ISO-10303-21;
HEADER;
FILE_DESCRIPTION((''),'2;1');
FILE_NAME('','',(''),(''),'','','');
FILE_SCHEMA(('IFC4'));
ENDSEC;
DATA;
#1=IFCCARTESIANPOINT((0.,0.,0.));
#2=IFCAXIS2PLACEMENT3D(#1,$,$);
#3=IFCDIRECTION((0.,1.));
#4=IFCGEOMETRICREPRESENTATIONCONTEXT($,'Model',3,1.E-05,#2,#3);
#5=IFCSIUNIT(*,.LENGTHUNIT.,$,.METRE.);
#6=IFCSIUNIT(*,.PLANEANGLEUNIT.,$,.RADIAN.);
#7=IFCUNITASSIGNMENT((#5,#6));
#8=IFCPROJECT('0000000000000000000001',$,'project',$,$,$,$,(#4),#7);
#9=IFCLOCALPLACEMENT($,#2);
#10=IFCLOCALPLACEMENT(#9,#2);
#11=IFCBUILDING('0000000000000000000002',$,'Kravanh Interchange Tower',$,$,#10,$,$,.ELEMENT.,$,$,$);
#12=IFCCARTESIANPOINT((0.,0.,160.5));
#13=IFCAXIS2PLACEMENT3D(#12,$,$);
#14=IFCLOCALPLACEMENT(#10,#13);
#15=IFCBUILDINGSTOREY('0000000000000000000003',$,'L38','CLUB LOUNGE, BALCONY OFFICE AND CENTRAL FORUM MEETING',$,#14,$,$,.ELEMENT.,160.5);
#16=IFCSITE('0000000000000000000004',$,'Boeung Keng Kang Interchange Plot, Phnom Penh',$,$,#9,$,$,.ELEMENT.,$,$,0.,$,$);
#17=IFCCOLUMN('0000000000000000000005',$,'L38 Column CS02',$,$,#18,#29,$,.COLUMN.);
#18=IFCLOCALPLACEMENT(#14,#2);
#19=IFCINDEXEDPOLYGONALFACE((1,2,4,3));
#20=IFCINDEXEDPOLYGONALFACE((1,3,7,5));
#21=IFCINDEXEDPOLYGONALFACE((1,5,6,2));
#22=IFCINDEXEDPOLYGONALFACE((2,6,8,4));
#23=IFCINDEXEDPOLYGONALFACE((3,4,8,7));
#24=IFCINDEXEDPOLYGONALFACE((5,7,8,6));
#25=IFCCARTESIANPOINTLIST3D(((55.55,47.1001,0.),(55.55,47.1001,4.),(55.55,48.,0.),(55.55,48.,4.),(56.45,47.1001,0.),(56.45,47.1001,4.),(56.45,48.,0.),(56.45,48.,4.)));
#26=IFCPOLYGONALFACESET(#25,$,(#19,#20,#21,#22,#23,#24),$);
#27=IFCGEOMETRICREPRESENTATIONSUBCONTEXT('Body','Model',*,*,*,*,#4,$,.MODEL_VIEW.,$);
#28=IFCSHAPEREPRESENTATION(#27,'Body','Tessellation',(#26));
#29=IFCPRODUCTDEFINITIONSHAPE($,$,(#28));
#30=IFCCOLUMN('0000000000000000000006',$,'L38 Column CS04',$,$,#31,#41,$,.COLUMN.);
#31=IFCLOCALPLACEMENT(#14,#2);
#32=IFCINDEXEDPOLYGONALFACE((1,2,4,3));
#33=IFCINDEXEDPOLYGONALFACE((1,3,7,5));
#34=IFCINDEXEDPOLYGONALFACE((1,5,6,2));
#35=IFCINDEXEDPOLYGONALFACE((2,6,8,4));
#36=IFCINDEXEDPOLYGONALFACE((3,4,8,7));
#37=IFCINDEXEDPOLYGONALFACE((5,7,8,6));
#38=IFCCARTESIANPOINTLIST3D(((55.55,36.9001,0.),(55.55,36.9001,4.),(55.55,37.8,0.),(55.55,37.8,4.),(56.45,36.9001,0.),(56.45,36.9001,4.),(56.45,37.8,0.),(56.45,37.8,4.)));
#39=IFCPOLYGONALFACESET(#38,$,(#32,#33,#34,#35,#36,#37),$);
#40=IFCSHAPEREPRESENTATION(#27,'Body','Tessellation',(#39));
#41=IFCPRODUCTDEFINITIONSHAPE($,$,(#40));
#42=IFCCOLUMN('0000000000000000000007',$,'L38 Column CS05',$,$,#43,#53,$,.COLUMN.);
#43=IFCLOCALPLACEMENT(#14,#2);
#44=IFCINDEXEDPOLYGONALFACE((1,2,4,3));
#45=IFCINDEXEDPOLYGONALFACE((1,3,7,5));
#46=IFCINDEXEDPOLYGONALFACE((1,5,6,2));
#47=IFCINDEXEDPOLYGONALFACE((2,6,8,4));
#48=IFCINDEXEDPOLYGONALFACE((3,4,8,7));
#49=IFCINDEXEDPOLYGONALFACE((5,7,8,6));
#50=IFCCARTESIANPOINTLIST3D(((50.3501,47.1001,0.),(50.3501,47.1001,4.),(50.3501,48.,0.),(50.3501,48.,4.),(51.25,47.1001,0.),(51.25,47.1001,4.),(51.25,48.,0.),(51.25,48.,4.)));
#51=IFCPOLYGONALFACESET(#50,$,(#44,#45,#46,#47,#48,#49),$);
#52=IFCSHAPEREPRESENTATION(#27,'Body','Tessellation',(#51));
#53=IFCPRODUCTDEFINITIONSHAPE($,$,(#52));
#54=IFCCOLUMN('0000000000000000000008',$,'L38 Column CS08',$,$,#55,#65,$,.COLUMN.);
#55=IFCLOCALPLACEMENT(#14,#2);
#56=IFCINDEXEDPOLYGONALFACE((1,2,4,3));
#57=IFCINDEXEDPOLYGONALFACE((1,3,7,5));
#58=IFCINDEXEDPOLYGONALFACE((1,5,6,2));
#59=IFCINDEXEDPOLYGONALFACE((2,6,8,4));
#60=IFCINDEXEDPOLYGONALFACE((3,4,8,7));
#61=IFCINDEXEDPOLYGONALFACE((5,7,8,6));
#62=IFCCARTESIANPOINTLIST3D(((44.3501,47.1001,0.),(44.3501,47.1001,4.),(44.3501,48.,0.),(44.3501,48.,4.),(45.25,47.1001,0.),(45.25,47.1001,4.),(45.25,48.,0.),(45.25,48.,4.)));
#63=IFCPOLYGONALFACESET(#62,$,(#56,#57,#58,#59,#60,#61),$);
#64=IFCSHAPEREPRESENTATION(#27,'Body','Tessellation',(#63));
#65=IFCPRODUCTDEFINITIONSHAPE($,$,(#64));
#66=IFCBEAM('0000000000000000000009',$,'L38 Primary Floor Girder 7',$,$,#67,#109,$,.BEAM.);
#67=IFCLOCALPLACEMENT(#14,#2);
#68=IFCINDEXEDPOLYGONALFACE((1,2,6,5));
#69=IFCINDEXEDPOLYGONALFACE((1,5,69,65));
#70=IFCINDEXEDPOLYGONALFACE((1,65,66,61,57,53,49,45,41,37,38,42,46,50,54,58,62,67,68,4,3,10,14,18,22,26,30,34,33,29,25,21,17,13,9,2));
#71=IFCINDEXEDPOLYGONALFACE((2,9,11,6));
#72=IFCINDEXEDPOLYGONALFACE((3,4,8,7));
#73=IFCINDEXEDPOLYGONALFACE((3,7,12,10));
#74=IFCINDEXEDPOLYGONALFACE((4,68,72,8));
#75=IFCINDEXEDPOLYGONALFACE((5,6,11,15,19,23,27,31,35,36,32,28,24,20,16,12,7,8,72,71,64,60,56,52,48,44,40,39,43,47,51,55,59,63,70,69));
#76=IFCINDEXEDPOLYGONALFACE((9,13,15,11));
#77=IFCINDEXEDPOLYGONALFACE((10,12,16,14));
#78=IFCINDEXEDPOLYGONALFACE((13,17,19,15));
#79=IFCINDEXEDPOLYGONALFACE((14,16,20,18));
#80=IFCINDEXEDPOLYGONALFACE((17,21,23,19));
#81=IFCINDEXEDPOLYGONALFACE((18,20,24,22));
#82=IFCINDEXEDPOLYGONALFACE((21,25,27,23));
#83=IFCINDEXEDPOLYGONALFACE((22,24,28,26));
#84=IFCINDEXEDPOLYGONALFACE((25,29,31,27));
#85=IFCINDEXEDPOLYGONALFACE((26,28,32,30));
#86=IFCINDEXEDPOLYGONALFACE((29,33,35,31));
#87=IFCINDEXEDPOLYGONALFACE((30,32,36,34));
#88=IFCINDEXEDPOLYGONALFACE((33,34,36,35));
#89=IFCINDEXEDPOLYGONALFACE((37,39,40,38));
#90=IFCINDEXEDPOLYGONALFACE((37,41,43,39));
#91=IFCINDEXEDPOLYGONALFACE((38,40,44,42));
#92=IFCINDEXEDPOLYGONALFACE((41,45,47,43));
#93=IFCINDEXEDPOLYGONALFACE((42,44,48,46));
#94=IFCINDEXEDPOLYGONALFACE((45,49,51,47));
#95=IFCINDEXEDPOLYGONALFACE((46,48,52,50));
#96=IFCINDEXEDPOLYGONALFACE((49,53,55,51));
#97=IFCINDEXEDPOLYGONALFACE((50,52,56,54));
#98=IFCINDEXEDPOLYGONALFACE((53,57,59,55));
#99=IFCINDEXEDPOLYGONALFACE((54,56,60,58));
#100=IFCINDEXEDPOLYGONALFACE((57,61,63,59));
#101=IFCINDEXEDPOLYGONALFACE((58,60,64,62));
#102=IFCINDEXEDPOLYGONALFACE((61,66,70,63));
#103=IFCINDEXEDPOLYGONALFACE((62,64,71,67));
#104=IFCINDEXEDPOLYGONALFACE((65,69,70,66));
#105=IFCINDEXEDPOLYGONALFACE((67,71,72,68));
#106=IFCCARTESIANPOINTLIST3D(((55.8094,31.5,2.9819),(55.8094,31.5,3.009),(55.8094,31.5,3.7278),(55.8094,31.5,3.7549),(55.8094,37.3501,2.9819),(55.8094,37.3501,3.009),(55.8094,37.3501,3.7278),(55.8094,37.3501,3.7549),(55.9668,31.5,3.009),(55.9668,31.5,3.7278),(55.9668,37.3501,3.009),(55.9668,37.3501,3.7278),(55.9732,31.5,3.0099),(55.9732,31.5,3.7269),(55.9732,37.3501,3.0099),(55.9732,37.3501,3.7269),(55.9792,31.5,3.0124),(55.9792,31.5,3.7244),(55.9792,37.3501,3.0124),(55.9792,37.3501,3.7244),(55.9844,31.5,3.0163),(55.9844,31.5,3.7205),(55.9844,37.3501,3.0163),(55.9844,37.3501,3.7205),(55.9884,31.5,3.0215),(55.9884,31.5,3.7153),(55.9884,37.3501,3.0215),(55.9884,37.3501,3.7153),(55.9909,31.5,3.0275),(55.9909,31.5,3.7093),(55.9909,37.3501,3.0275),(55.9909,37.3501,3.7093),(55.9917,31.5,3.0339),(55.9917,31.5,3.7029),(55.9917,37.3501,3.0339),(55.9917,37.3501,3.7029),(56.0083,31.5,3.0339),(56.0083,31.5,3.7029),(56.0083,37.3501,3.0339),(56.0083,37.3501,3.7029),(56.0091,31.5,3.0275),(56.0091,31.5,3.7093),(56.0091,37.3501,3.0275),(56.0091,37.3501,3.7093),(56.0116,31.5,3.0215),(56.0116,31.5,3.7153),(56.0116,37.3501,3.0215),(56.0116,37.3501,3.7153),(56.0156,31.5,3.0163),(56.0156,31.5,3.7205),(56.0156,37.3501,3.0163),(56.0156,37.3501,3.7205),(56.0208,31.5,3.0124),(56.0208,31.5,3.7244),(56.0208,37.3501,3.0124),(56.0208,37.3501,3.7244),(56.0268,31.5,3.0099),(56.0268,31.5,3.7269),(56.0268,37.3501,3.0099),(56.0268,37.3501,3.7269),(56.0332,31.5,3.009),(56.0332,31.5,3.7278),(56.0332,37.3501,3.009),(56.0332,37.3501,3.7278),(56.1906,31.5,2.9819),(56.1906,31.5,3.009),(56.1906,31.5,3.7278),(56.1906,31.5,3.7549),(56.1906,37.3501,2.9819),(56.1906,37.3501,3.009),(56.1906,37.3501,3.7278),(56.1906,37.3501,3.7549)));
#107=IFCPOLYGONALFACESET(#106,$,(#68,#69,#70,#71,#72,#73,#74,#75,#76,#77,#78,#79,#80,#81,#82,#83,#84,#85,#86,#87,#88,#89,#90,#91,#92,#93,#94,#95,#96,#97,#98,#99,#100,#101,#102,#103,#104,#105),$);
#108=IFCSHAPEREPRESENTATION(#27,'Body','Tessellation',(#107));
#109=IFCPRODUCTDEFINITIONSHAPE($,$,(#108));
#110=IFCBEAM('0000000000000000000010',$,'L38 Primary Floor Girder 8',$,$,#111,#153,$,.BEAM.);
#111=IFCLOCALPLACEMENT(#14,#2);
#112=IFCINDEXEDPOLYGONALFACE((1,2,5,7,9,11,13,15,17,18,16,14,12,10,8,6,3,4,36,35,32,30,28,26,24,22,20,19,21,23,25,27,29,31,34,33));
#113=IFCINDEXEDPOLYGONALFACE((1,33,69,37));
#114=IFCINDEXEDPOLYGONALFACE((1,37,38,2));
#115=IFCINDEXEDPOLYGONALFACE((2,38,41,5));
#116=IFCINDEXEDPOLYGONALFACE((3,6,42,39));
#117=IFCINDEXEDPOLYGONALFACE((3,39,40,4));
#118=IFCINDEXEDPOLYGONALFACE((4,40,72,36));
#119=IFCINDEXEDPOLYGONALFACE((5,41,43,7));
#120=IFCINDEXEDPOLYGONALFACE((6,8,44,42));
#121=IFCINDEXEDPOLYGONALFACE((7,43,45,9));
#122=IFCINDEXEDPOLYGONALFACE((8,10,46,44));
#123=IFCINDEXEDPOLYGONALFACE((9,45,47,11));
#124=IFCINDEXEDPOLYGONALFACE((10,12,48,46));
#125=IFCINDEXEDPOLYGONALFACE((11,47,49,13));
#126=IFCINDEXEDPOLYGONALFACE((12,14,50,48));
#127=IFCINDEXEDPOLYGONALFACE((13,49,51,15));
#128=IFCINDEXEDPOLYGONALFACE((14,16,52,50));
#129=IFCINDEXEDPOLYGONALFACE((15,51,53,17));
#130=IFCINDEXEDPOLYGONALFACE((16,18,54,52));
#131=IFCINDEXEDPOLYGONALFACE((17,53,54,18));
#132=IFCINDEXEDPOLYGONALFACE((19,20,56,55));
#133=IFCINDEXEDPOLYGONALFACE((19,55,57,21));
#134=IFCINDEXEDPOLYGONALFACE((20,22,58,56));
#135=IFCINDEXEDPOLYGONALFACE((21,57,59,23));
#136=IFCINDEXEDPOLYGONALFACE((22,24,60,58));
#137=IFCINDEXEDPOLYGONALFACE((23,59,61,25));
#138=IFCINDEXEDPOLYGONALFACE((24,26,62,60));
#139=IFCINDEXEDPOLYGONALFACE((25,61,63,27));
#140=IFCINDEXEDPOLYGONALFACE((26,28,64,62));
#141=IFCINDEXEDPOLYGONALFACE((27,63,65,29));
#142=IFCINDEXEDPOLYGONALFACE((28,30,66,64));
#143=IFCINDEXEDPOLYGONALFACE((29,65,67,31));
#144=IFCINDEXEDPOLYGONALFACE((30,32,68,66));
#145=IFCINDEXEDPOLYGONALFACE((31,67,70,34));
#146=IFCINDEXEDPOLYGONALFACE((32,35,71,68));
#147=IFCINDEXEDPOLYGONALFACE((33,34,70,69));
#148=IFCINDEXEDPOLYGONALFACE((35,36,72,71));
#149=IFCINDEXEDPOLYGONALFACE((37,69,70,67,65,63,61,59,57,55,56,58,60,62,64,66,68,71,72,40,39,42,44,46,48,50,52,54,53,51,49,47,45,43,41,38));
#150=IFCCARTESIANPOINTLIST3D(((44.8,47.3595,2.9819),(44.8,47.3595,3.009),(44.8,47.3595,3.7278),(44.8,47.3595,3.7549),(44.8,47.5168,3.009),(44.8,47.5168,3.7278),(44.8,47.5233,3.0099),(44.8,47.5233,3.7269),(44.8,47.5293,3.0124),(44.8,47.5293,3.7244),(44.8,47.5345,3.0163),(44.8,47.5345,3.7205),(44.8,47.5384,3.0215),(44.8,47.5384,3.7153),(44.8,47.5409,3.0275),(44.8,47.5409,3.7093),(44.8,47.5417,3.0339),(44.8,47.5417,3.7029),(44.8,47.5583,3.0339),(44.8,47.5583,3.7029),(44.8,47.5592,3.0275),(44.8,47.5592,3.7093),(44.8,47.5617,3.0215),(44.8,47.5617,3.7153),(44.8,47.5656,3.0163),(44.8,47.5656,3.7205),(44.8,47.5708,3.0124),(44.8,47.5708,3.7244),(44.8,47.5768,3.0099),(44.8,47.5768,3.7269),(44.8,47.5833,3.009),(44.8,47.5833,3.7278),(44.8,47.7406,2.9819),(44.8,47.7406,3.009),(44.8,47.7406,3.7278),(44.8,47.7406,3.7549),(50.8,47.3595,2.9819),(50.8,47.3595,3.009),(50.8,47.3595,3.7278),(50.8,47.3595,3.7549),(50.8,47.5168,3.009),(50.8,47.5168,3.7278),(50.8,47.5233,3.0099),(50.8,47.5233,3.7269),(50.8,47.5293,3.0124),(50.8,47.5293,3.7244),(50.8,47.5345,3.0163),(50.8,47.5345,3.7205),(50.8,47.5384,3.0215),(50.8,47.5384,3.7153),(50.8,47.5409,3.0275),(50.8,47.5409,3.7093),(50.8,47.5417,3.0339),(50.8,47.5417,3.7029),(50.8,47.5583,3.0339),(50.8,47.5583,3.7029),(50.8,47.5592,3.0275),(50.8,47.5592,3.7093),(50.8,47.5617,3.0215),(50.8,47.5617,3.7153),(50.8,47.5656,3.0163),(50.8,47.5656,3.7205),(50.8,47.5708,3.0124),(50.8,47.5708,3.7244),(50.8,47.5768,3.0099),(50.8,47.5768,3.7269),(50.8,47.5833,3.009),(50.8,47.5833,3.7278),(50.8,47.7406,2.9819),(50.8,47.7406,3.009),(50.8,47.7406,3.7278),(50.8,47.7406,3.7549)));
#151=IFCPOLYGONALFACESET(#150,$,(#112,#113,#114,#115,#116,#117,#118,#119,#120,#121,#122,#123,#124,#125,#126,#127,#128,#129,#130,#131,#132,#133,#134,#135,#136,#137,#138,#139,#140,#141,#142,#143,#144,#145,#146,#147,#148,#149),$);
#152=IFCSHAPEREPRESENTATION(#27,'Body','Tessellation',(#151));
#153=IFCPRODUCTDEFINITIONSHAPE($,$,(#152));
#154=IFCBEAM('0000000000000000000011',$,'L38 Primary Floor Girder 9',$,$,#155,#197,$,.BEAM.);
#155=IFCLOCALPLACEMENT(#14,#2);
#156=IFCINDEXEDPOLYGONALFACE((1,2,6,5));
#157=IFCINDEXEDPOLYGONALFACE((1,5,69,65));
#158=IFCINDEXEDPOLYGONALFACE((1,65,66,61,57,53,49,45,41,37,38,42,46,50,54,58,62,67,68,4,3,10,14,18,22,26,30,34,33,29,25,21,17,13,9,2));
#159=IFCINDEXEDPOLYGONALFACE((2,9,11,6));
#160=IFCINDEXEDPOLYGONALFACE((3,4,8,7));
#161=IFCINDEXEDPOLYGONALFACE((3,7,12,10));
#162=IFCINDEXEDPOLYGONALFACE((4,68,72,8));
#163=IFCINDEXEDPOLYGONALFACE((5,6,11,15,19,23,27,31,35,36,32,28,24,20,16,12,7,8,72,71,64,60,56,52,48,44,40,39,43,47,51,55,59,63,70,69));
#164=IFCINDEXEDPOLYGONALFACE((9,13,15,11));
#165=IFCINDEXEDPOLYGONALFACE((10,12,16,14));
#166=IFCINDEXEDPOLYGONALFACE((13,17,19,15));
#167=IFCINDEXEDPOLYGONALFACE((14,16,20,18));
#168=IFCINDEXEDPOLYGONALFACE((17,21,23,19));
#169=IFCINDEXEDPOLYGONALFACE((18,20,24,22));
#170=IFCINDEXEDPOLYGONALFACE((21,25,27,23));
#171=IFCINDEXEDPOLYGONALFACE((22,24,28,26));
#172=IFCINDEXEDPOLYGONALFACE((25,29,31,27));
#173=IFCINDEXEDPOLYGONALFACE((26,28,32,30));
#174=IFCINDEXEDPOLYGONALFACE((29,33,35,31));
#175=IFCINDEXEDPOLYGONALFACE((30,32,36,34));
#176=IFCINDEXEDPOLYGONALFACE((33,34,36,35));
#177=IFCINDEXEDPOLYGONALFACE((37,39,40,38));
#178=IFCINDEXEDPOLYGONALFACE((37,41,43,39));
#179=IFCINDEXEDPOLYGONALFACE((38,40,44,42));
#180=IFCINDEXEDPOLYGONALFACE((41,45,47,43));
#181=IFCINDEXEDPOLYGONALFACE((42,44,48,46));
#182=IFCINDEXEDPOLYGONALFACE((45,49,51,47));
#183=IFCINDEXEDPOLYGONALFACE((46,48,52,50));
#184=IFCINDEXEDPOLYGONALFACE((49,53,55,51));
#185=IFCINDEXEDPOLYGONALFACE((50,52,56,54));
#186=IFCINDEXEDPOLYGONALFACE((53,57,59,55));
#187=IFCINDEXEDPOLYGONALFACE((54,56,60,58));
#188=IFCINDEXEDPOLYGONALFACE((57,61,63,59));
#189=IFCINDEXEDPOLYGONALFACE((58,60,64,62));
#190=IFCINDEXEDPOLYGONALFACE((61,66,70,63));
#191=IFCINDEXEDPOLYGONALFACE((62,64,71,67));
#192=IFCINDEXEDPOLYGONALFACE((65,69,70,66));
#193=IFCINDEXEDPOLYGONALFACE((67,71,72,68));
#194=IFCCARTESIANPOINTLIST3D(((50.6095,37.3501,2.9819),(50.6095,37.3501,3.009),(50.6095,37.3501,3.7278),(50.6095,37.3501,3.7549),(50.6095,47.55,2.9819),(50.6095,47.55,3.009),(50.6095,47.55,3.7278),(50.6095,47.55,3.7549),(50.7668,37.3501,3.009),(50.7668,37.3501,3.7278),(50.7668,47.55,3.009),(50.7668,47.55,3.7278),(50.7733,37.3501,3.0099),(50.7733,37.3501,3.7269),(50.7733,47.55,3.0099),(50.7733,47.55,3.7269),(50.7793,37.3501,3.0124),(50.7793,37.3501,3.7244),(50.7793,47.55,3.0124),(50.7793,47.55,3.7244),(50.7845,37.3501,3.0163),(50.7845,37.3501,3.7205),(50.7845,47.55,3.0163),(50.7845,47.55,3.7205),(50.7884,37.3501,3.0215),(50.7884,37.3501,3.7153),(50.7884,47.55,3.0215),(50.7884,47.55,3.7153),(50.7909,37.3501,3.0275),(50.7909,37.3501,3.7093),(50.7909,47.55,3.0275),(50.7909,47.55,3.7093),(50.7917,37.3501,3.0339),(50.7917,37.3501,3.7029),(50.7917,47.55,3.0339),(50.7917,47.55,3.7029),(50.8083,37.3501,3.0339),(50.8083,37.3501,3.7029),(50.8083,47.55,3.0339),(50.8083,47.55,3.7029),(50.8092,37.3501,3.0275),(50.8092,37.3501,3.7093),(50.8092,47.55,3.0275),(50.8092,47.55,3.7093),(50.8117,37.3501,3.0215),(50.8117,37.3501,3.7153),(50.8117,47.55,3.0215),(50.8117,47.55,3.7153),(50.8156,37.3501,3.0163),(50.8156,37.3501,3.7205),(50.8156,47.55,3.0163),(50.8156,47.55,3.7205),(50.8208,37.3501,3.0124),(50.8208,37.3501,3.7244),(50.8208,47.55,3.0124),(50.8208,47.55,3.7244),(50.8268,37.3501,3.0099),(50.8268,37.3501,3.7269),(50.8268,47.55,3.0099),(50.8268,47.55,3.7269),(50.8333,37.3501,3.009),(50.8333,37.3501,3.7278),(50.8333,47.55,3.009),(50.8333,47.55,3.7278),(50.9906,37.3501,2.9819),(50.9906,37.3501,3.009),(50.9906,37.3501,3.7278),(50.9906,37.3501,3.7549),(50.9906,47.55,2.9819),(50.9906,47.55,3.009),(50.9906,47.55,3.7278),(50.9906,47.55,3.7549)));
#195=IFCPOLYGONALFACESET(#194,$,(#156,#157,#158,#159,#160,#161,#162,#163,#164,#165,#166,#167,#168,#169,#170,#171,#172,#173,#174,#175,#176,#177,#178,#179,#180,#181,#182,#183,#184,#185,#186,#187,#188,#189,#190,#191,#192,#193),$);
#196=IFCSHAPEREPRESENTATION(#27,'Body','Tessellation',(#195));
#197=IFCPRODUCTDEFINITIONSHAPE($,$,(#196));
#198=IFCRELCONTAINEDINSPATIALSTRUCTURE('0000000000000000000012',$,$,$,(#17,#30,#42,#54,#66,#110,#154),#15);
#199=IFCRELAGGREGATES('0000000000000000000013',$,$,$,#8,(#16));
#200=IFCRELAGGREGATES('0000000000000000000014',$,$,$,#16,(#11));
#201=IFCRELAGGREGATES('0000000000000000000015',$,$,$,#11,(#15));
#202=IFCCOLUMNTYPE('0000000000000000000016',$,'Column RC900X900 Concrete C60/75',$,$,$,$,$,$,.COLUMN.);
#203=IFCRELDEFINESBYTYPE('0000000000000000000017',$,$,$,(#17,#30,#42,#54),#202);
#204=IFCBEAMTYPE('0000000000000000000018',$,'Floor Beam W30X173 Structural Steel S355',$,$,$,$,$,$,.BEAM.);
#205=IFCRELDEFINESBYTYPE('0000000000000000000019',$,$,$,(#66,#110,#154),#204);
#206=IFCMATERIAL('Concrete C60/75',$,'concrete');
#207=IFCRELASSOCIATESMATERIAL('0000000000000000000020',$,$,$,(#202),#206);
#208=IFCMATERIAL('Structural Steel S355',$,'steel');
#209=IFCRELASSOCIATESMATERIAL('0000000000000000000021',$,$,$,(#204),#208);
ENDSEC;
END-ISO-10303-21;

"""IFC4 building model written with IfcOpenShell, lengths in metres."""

from ifc_helpers import new_model, si_unit, direction, frame, origin, origin_2d, place, context, subcontext, project, spatial, rectangle, i_section, extrude, material, material_profile, profile_set, type_object, element, save


model = new_model("IFC4")

# Units and contexts
model_context = context("Model", 3, precision=1e-05, world=origin(), true_north=direction((0.0, 1.0)))
body_context = subcontext(model_context, "Body", "Model", "MODEL_VIEW")
ifc_project = project(units=[si_unit("LENGTHUNIT", "METRE"), si_unit("PLANEANGLEUNIT", "RADIAN")], contexts=[model_context])

# Site, building, storey
site_placement = place(None, origin())
site = spatial("IfcSite", under=ifc_project, at=site_placement, Name="Boeung Keng Kang Interchange Plot, Phnom Penh", CompositionType="ELEMENT", RefElevation=0.0)
building_placement = place(site_placement, origin())
building = spatial("IfcBuilding", under=site, at=building_placement, Name="Kravanh Interchange Tower", CompositionType="ELEMENT")
storey_placement = place(building_placement, frame((0.0, 0.0, 160.5)))
storey = spatial("IfcBuildingStorey", under=building, at=storey_placement, Name="L38", Description="CLUB LOUNGE, BALCONY OFFICE AND CENTRAL FORUM MEETING", CompositionType="ELEMENT", Elevation=160.5)

# Columns
ifc_material_1 = material(Name="Concrete C60/75", Category="concrete")
ifc_material_profile_1 = material_profile(ifc_material_1, rectangle(XDim=0.8999, YDim=0.8999, at=origin_2d()), Name="RC900X900")
ifc_profile_set_1 = profile_set([ifc_material_profile_1], Name="Concrete C60/75")
column_type = type_object("IfcColumnType", Name="Column RC900X900 Concrete C60/75", PredefinedType="COLUMN", material=ifc_profile_set_1)
for number, where, z_axis, x_axis, name in (
    (1, (56.0, 47.55, 0.0), (0.0, 0.0, 1.0), (1.0, 0.0, 0.0), "L38 Column CS02"),
    (2, (56.0, 37.3501, 0.0), (0.0, 0.0, 1.0), (1.0, 0.0, 0.0), "L38 Column CS04"),
    (3, (50.8, 47.55, 0.0), (0.0, 0.0, 1.0), (1.0, 0.0, 0.0), "L38 Column CS05"),
    (4, (44.8, 47.55, 0.0), (0.0, 0.0, 1.0), (1.0, 0.0, 0.0), "L38 Column CS08"),
):
    element("IfcColumn", number, at=place(storey_placement, frame(where, z_axis=z_axis, x_axis=x_axis)), inside=storey, type_object=column_type, Name=name, PredefinedType="COLUMN", context=body_context, shape_type="SweptSolid", body=[
        extrude(rectangle(XDim=0.8999, YDim=0.8999, at=origin_2d()), origin(), (0.0, 0.0, 1.0), 4.0),
    ])

# Beams
ifc_material_2 = material(Name="Structural Steel S355", Category="steel")
ifc_material_profile_2 = material_profile(ifc_material_2, i_section(OverallWidth=0.3811, OverallDepth=0.7729, WebThickness=0.0166, FlangeThickness=0.0271, FilletRadius=0.0249, at=origin_2d()), Name="W30X173")
ifc_profile_set_2 = profile_set([ifc_material_profile_2], Name="Structural Steel S355")
beam_type = type_object("IfcBeamType", Name="Floor Beam W30X173 Structural Steel S355", PredefinedType="BEAM", material=ifc_profile_set_2)
beam_1_placement = place(storey_placement, frame((56.0, 37.3501, 3.3684), z_axis=(0.0, -1.0, 0.0), x_axis=(1.0, 0.0, 0.0)))
element("IfcBeam", 5, at=beam_1_placement, inside=storey, type_object=beam_type, Name="L38 Primary Floor Girder 7", PredefinedType="BEAM", context=body_context, shape_type="SweptSolid", body=[
    extrude(i_section(OverallWidth=0.3811, OverallDepth=0.7729, WebThickness=0.0166, FlangeThickness=0.0271, FilletRadius=0.0249, at=origin_2d()), origin(), (0.0, 0.0, 1.0), 5.8501),
])
beam_2_placement = place(storey_placement, frame((50.8, 47.55, 3.3684), z_axis=(-1.0, 0.0, 0.0), x_axis=(0.0, -1.0, 0.0)))
element("IfcBeam", 6, at=beam_2_placement, inside=storey, type_object=beam_type, Name="L38 Primary Floor Girder 8", PredefinedType="BEAM", context=body_context, shape_type="SweptSolid", body=[
    extrude(i_section(OverallWidth=0.3811, OverallDepth=0.7729, WebThickness=0.0166, FlangeThickness=0.0271, FilletRadius=0.0249, at=origin_2d()), origin(), (0.0, 0.0, 1.0), 6.0),
])
beam_3_placement = place(storey_placement, frame((50.8, 47.55, 3.3684), z_axis=(0.0, -1.0, 0.0), x_axis=(1.0, 0.0, 0.0)))
element("IfcBeam", 7, at=beam_3_placement, inside=storey, type_object=beam_type, Name="L38 Primary Floor Girder 9", PredefinedType="BEAM", context=body_context, shape_type="SweptSolid", body=[
    extrude(i_section(OverallWidth=0.3811, OverallDepth=0.7729, WebThickness=0.0166, FlangeThickness=0.0271, FilletRadius=0.0249, at=origin_2d()), origin(), (0.0, 0.0, 1.0), 10.2),
])

save(model, "model.ifc")
